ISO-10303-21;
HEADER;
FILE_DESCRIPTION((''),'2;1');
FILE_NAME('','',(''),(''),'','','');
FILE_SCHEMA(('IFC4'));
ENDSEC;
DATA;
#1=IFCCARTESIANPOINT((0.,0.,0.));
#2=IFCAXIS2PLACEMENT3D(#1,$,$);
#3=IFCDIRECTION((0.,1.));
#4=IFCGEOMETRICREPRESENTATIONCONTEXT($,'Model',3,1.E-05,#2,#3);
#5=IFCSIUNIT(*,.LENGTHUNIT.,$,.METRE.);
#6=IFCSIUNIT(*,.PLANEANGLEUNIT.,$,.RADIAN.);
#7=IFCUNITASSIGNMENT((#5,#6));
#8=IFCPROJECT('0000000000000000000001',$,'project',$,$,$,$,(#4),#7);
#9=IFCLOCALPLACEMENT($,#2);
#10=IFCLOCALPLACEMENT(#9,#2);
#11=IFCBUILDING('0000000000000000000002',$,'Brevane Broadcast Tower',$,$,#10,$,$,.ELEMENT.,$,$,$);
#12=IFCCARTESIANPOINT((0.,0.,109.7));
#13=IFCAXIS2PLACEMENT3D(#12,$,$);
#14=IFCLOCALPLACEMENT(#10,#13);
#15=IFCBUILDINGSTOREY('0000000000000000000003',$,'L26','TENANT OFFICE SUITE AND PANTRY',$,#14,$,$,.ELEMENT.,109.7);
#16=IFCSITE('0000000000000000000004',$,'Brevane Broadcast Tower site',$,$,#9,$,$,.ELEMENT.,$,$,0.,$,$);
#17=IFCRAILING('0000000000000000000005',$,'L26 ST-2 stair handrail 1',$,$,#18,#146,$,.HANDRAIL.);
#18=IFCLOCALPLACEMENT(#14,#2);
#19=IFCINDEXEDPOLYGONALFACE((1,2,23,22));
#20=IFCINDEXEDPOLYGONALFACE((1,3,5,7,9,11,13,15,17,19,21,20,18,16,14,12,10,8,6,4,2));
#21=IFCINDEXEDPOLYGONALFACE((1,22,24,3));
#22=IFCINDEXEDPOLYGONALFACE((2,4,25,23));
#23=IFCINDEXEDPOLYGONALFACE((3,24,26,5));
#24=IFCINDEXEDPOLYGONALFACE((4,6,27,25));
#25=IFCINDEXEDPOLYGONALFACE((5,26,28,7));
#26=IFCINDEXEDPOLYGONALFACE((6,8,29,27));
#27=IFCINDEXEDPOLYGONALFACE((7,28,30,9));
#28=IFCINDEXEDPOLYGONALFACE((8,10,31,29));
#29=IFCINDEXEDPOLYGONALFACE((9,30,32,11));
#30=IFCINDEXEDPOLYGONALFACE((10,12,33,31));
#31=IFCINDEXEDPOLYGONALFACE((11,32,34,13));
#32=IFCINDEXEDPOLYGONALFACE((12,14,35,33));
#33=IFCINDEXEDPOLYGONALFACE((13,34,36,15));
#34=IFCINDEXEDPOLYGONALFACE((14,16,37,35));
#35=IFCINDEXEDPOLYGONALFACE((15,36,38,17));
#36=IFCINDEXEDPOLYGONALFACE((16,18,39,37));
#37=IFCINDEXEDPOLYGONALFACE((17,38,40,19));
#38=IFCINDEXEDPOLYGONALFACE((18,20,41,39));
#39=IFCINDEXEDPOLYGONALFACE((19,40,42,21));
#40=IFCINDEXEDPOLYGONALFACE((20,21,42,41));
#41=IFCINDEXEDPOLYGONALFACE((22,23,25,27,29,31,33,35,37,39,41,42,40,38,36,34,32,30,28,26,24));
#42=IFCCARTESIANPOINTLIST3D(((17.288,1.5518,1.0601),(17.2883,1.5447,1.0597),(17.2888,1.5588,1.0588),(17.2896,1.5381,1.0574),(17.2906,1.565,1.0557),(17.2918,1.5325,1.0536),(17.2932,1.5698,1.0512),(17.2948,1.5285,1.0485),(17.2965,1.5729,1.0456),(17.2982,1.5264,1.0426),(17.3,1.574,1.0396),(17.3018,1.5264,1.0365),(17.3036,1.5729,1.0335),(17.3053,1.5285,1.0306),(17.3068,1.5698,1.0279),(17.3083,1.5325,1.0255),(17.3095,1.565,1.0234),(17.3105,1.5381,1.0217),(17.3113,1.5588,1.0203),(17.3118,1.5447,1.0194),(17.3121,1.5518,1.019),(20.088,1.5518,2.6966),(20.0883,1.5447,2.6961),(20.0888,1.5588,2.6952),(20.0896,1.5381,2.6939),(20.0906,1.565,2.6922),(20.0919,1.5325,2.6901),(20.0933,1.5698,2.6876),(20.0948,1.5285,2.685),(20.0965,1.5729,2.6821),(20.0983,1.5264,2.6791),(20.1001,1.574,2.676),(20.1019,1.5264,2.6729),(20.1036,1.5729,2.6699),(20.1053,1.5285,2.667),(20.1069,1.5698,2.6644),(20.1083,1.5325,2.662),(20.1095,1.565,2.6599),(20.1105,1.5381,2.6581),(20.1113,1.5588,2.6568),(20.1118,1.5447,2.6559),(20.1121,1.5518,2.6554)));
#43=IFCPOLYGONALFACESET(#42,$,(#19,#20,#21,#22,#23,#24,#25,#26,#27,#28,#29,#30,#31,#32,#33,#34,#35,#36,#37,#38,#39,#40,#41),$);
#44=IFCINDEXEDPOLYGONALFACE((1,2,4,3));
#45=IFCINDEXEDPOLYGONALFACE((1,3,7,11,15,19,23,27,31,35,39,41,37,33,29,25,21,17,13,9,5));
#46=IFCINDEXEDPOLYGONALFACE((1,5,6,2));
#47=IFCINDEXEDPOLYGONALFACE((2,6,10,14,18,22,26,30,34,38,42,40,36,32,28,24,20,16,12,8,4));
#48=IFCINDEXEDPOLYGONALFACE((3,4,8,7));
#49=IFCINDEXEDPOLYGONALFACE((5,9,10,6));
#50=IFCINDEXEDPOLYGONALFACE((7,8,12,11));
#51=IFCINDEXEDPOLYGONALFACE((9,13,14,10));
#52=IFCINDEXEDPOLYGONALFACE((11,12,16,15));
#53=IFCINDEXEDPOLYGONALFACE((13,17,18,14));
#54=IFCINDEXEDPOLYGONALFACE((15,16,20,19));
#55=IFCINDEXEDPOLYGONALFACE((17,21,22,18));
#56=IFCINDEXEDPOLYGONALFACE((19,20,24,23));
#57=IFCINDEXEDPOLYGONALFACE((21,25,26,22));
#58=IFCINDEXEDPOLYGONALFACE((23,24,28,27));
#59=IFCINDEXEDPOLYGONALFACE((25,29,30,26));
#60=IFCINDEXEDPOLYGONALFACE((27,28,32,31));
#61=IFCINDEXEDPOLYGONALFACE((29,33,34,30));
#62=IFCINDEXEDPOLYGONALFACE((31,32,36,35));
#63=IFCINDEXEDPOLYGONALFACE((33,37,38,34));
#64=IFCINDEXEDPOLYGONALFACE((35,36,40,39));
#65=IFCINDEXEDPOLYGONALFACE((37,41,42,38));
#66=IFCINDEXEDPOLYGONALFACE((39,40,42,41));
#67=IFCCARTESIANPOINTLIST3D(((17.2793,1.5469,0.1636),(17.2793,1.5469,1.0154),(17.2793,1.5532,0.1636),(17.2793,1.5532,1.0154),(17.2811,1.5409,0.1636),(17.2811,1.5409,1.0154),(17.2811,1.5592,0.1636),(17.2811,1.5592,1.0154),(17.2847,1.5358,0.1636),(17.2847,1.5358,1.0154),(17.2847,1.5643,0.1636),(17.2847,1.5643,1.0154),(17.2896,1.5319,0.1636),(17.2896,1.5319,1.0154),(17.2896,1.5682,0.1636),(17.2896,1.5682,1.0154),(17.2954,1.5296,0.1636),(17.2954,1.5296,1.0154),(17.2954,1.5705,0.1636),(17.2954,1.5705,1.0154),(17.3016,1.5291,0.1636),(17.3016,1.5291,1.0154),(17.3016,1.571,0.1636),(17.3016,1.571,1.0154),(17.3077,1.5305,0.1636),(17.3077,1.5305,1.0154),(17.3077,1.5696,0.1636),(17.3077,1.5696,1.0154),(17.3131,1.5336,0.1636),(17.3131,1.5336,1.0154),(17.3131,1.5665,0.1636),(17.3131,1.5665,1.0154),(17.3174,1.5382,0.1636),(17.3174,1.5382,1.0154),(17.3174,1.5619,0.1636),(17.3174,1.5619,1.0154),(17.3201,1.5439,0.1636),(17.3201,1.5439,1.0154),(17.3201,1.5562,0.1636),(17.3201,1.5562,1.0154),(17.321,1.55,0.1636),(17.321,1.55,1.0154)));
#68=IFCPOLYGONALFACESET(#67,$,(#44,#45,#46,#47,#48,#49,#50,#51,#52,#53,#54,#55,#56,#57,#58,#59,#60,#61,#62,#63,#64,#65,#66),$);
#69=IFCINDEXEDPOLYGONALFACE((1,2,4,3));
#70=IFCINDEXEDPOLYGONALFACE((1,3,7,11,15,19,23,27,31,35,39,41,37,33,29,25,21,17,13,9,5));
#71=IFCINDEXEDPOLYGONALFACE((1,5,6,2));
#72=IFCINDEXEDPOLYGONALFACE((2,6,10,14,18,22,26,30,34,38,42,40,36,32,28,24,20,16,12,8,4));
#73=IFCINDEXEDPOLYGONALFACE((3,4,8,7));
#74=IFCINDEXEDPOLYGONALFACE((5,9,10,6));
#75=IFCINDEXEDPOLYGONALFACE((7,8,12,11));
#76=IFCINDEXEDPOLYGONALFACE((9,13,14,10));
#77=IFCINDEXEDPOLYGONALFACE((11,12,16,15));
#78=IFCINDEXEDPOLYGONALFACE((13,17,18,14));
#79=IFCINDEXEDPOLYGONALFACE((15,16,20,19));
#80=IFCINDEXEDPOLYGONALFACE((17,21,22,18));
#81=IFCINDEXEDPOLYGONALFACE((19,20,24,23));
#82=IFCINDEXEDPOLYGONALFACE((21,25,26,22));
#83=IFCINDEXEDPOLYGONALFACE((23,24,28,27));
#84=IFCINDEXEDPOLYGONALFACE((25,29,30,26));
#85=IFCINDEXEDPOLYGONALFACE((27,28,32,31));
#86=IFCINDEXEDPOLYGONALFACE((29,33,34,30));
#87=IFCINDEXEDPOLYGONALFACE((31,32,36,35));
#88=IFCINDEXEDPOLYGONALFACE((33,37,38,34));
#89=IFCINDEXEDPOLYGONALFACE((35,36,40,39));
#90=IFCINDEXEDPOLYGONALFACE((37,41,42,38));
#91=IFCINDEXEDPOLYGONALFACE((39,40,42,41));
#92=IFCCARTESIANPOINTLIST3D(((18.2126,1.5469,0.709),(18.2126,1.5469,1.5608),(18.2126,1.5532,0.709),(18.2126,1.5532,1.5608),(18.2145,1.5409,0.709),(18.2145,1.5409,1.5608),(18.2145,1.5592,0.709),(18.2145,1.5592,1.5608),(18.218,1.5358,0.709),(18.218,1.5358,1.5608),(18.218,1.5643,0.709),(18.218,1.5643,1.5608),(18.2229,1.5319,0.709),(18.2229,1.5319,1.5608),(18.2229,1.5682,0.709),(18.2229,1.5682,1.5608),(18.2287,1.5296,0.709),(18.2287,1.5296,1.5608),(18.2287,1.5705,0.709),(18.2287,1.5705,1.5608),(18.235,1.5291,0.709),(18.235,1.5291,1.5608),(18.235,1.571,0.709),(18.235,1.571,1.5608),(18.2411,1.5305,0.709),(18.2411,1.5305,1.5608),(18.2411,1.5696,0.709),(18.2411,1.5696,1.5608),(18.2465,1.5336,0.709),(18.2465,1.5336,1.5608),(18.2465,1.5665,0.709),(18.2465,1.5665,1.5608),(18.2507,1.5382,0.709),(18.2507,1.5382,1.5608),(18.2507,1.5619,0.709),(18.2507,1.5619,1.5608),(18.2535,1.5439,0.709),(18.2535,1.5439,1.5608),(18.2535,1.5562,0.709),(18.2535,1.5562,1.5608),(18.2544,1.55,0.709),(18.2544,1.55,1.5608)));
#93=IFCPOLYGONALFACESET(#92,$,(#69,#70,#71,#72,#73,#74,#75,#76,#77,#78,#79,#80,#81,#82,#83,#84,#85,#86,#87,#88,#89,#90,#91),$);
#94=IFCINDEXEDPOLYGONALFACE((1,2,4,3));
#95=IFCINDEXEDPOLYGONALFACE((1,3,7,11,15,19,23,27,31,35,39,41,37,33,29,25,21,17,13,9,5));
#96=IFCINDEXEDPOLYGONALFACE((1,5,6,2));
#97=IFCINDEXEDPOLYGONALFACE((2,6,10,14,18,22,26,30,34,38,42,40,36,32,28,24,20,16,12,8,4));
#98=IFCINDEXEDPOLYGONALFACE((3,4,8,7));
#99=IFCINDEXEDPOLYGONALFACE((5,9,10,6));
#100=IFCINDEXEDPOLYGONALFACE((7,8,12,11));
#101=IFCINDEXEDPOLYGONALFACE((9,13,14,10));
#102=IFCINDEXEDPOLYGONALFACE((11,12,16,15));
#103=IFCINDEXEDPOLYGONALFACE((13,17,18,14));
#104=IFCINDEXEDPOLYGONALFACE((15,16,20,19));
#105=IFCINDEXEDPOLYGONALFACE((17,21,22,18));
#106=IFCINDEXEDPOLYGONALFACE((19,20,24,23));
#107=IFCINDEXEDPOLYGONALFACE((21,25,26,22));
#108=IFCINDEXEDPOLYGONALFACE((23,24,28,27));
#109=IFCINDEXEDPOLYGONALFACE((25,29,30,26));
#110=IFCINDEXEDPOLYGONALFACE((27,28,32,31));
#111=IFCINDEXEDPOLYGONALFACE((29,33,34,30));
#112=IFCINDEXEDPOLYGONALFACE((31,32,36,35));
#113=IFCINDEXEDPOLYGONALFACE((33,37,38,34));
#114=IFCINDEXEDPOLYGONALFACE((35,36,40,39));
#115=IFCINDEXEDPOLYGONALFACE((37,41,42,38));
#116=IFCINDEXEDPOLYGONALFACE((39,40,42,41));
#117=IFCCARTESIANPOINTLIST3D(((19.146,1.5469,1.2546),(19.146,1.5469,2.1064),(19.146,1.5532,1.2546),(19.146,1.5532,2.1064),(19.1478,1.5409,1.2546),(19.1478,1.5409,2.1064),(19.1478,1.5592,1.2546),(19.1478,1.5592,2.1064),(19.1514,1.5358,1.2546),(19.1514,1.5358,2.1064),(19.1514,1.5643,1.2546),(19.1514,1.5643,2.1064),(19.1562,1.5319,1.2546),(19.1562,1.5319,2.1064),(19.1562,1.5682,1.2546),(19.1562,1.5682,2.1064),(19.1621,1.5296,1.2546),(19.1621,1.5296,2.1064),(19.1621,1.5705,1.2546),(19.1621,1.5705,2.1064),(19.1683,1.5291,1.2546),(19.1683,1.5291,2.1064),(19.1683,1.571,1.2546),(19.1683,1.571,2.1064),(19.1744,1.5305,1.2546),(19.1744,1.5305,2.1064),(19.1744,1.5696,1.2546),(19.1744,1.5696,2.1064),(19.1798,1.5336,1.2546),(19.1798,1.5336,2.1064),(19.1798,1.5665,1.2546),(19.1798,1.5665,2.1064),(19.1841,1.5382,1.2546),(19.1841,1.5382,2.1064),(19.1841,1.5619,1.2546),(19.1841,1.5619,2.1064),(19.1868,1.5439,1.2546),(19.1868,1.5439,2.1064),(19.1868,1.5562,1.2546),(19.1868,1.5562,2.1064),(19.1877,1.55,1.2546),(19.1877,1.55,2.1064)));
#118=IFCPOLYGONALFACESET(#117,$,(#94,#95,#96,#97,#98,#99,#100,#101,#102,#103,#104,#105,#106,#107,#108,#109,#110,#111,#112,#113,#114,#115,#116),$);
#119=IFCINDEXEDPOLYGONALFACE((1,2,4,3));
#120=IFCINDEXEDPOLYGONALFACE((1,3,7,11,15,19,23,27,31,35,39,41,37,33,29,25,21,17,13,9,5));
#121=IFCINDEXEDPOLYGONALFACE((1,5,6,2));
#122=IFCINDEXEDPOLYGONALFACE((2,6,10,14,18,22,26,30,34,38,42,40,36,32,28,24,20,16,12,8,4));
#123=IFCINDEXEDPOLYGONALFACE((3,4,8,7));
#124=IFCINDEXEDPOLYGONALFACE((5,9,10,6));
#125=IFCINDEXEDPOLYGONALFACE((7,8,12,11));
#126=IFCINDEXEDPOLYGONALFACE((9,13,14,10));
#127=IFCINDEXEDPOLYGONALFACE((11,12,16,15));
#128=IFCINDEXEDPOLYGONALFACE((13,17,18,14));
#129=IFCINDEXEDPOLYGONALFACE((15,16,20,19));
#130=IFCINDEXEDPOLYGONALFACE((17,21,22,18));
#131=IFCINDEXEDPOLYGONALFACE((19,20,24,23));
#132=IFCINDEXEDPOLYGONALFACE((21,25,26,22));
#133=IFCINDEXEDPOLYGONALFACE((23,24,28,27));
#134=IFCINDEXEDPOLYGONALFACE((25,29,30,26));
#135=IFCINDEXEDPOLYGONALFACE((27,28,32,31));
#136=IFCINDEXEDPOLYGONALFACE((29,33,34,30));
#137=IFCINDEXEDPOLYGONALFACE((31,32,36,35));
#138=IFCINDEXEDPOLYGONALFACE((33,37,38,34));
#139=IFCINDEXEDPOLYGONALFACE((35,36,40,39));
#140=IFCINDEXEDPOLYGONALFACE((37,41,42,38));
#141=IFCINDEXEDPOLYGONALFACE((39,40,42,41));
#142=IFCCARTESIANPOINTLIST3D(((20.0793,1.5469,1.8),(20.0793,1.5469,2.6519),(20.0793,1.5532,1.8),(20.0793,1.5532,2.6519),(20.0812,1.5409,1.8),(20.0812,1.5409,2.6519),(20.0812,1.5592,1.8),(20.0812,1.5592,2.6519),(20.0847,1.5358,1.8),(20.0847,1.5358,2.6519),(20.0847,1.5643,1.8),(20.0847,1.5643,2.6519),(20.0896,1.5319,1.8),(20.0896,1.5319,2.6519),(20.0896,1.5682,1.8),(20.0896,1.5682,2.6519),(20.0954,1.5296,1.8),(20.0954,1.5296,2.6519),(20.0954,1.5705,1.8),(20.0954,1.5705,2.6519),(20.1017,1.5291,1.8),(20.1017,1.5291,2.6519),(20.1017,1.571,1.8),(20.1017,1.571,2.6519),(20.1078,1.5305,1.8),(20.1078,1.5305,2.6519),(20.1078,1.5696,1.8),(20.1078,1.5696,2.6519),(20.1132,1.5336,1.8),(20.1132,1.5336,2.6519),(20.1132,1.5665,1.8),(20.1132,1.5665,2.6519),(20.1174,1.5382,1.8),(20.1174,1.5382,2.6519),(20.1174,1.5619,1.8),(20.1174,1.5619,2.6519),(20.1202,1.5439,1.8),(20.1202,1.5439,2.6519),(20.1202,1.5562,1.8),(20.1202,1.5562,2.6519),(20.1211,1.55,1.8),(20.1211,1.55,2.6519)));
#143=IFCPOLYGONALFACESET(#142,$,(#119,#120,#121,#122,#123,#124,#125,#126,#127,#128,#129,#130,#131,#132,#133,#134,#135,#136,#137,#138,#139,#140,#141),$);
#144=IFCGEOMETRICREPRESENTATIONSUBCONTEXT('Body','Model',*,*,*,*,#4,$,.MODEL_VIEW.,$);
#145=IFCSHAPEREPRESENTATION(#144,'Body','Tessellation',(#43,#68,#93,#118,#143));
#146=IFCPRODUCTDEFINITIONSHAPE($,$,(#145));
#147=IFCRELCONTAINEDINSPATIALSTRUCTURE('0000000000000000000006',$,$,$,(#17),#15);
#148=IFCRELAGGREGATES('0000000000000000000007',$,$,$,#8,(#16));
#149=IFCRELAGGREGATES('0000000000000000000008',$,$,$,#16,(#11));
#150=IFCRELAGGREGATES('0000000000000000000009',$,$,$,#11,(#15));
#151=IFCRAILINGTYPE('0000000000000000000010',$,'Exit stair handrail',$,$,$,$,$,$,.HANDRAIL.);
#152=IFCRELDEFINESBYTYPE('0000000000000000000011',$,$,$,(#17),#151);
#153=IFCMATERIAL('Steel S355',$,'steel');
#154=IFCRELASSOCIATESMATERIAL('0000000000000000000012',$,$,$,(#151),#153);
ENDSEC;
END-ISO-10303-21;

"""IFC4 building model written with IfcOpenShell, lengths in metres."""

from ifc_helpers import new_model, si_unit, direction, frame, origin, origin_2d, place, context, subcontext, project, spatial, circle, extrude, material, type_object, element, save


model = new_model("IFC4")

# Units and contexts
model_context = context("Model", 3, precision=1e-05, world=origin(), true_north=direction((0.0, 1.0)))
body_context = subcontext(model_context, "Body", "Model", "MODEL_VIEW")
ifc_project = project(units=[si_unit("LENGTHUNIT", "METRE"), si_unit("PLANEANGLEUNIT", "RADIAN")], contexts=[model_context])

# Site, building, storey
site_placement = place(None, origin())
site = spatial("IfcSite", under=ifc_project, at=site_placement, Name="Brevane Broadcast Tower site", CompositionType="ELEMENT", RefElevation=0.0)
building_placement = place(site_placement, origin())
building = spatial("IfcBuilding", under=site, at=building_placement, Name="Brevane Broadcast Tower", CompositionType="ELEMENT")
storey_placement = place(building_placement, frame((0.0, 0.0, 109.7)))
storey = spatial("IfcBuildingStorey", under=building, at=storey_placement, Name="L26", Description="TENANT OFFICE SUITE AND PANTRY", CompositionType="ELEMENT", Elevation=109.7)

# Railing
ifc_material_1 = material(Name="Steel S355", Category="steel")
railing_type_1 = type_object("IfcRailingType", Name="Exit stair handrail", PredefinedType="HANDRAIL", material=ifc_material_1)
railing_1_placement = place(storey_placement, frame((17.3, 1.55, 0.1636)))
element("IfcRailing", 1, at=railing_1_placement, inside=storey, type_object=railing_type_1, Name="L26 ST-2 stair handrail 1", PredefinedType="HANDRAIL", context=body_context, shape_type="SweptSolid", body=[
    extrude(circle(Radius=0.0239, at=origin_2d()), frame((0.0, 0.0, 0.876), z_axis=(0.863361, 0.0, 0.504587), x_axis=(0.0, 1.0, 0.0)), (0.0, 0.0, 1.0), 3.2432),
    extrude(circle(Radius=0.021, at=origin_2d()), origin(), (0.0, 0.0, 1.0), 0.8518),
    extrude(circle(Radius=0.021, at=origin_2d()), frame((0.9333, 0.0, 0.5454)), (0.0, 0.0, 1.0), 0.8518),
    extrude(circle(Radius=0.021, at=origin_2d()), frame((1.8667, 0.0, 1.0911)), (0.0, 0.0, 1.0), 0.8518),
    extrude(circle(Radius=0.021, at=origin_2d()), frame((2.8, 0.0, 1.6365)), (0.0, 0.0, 1.0), 0.8518),
])

save(model, "model.ifc")
